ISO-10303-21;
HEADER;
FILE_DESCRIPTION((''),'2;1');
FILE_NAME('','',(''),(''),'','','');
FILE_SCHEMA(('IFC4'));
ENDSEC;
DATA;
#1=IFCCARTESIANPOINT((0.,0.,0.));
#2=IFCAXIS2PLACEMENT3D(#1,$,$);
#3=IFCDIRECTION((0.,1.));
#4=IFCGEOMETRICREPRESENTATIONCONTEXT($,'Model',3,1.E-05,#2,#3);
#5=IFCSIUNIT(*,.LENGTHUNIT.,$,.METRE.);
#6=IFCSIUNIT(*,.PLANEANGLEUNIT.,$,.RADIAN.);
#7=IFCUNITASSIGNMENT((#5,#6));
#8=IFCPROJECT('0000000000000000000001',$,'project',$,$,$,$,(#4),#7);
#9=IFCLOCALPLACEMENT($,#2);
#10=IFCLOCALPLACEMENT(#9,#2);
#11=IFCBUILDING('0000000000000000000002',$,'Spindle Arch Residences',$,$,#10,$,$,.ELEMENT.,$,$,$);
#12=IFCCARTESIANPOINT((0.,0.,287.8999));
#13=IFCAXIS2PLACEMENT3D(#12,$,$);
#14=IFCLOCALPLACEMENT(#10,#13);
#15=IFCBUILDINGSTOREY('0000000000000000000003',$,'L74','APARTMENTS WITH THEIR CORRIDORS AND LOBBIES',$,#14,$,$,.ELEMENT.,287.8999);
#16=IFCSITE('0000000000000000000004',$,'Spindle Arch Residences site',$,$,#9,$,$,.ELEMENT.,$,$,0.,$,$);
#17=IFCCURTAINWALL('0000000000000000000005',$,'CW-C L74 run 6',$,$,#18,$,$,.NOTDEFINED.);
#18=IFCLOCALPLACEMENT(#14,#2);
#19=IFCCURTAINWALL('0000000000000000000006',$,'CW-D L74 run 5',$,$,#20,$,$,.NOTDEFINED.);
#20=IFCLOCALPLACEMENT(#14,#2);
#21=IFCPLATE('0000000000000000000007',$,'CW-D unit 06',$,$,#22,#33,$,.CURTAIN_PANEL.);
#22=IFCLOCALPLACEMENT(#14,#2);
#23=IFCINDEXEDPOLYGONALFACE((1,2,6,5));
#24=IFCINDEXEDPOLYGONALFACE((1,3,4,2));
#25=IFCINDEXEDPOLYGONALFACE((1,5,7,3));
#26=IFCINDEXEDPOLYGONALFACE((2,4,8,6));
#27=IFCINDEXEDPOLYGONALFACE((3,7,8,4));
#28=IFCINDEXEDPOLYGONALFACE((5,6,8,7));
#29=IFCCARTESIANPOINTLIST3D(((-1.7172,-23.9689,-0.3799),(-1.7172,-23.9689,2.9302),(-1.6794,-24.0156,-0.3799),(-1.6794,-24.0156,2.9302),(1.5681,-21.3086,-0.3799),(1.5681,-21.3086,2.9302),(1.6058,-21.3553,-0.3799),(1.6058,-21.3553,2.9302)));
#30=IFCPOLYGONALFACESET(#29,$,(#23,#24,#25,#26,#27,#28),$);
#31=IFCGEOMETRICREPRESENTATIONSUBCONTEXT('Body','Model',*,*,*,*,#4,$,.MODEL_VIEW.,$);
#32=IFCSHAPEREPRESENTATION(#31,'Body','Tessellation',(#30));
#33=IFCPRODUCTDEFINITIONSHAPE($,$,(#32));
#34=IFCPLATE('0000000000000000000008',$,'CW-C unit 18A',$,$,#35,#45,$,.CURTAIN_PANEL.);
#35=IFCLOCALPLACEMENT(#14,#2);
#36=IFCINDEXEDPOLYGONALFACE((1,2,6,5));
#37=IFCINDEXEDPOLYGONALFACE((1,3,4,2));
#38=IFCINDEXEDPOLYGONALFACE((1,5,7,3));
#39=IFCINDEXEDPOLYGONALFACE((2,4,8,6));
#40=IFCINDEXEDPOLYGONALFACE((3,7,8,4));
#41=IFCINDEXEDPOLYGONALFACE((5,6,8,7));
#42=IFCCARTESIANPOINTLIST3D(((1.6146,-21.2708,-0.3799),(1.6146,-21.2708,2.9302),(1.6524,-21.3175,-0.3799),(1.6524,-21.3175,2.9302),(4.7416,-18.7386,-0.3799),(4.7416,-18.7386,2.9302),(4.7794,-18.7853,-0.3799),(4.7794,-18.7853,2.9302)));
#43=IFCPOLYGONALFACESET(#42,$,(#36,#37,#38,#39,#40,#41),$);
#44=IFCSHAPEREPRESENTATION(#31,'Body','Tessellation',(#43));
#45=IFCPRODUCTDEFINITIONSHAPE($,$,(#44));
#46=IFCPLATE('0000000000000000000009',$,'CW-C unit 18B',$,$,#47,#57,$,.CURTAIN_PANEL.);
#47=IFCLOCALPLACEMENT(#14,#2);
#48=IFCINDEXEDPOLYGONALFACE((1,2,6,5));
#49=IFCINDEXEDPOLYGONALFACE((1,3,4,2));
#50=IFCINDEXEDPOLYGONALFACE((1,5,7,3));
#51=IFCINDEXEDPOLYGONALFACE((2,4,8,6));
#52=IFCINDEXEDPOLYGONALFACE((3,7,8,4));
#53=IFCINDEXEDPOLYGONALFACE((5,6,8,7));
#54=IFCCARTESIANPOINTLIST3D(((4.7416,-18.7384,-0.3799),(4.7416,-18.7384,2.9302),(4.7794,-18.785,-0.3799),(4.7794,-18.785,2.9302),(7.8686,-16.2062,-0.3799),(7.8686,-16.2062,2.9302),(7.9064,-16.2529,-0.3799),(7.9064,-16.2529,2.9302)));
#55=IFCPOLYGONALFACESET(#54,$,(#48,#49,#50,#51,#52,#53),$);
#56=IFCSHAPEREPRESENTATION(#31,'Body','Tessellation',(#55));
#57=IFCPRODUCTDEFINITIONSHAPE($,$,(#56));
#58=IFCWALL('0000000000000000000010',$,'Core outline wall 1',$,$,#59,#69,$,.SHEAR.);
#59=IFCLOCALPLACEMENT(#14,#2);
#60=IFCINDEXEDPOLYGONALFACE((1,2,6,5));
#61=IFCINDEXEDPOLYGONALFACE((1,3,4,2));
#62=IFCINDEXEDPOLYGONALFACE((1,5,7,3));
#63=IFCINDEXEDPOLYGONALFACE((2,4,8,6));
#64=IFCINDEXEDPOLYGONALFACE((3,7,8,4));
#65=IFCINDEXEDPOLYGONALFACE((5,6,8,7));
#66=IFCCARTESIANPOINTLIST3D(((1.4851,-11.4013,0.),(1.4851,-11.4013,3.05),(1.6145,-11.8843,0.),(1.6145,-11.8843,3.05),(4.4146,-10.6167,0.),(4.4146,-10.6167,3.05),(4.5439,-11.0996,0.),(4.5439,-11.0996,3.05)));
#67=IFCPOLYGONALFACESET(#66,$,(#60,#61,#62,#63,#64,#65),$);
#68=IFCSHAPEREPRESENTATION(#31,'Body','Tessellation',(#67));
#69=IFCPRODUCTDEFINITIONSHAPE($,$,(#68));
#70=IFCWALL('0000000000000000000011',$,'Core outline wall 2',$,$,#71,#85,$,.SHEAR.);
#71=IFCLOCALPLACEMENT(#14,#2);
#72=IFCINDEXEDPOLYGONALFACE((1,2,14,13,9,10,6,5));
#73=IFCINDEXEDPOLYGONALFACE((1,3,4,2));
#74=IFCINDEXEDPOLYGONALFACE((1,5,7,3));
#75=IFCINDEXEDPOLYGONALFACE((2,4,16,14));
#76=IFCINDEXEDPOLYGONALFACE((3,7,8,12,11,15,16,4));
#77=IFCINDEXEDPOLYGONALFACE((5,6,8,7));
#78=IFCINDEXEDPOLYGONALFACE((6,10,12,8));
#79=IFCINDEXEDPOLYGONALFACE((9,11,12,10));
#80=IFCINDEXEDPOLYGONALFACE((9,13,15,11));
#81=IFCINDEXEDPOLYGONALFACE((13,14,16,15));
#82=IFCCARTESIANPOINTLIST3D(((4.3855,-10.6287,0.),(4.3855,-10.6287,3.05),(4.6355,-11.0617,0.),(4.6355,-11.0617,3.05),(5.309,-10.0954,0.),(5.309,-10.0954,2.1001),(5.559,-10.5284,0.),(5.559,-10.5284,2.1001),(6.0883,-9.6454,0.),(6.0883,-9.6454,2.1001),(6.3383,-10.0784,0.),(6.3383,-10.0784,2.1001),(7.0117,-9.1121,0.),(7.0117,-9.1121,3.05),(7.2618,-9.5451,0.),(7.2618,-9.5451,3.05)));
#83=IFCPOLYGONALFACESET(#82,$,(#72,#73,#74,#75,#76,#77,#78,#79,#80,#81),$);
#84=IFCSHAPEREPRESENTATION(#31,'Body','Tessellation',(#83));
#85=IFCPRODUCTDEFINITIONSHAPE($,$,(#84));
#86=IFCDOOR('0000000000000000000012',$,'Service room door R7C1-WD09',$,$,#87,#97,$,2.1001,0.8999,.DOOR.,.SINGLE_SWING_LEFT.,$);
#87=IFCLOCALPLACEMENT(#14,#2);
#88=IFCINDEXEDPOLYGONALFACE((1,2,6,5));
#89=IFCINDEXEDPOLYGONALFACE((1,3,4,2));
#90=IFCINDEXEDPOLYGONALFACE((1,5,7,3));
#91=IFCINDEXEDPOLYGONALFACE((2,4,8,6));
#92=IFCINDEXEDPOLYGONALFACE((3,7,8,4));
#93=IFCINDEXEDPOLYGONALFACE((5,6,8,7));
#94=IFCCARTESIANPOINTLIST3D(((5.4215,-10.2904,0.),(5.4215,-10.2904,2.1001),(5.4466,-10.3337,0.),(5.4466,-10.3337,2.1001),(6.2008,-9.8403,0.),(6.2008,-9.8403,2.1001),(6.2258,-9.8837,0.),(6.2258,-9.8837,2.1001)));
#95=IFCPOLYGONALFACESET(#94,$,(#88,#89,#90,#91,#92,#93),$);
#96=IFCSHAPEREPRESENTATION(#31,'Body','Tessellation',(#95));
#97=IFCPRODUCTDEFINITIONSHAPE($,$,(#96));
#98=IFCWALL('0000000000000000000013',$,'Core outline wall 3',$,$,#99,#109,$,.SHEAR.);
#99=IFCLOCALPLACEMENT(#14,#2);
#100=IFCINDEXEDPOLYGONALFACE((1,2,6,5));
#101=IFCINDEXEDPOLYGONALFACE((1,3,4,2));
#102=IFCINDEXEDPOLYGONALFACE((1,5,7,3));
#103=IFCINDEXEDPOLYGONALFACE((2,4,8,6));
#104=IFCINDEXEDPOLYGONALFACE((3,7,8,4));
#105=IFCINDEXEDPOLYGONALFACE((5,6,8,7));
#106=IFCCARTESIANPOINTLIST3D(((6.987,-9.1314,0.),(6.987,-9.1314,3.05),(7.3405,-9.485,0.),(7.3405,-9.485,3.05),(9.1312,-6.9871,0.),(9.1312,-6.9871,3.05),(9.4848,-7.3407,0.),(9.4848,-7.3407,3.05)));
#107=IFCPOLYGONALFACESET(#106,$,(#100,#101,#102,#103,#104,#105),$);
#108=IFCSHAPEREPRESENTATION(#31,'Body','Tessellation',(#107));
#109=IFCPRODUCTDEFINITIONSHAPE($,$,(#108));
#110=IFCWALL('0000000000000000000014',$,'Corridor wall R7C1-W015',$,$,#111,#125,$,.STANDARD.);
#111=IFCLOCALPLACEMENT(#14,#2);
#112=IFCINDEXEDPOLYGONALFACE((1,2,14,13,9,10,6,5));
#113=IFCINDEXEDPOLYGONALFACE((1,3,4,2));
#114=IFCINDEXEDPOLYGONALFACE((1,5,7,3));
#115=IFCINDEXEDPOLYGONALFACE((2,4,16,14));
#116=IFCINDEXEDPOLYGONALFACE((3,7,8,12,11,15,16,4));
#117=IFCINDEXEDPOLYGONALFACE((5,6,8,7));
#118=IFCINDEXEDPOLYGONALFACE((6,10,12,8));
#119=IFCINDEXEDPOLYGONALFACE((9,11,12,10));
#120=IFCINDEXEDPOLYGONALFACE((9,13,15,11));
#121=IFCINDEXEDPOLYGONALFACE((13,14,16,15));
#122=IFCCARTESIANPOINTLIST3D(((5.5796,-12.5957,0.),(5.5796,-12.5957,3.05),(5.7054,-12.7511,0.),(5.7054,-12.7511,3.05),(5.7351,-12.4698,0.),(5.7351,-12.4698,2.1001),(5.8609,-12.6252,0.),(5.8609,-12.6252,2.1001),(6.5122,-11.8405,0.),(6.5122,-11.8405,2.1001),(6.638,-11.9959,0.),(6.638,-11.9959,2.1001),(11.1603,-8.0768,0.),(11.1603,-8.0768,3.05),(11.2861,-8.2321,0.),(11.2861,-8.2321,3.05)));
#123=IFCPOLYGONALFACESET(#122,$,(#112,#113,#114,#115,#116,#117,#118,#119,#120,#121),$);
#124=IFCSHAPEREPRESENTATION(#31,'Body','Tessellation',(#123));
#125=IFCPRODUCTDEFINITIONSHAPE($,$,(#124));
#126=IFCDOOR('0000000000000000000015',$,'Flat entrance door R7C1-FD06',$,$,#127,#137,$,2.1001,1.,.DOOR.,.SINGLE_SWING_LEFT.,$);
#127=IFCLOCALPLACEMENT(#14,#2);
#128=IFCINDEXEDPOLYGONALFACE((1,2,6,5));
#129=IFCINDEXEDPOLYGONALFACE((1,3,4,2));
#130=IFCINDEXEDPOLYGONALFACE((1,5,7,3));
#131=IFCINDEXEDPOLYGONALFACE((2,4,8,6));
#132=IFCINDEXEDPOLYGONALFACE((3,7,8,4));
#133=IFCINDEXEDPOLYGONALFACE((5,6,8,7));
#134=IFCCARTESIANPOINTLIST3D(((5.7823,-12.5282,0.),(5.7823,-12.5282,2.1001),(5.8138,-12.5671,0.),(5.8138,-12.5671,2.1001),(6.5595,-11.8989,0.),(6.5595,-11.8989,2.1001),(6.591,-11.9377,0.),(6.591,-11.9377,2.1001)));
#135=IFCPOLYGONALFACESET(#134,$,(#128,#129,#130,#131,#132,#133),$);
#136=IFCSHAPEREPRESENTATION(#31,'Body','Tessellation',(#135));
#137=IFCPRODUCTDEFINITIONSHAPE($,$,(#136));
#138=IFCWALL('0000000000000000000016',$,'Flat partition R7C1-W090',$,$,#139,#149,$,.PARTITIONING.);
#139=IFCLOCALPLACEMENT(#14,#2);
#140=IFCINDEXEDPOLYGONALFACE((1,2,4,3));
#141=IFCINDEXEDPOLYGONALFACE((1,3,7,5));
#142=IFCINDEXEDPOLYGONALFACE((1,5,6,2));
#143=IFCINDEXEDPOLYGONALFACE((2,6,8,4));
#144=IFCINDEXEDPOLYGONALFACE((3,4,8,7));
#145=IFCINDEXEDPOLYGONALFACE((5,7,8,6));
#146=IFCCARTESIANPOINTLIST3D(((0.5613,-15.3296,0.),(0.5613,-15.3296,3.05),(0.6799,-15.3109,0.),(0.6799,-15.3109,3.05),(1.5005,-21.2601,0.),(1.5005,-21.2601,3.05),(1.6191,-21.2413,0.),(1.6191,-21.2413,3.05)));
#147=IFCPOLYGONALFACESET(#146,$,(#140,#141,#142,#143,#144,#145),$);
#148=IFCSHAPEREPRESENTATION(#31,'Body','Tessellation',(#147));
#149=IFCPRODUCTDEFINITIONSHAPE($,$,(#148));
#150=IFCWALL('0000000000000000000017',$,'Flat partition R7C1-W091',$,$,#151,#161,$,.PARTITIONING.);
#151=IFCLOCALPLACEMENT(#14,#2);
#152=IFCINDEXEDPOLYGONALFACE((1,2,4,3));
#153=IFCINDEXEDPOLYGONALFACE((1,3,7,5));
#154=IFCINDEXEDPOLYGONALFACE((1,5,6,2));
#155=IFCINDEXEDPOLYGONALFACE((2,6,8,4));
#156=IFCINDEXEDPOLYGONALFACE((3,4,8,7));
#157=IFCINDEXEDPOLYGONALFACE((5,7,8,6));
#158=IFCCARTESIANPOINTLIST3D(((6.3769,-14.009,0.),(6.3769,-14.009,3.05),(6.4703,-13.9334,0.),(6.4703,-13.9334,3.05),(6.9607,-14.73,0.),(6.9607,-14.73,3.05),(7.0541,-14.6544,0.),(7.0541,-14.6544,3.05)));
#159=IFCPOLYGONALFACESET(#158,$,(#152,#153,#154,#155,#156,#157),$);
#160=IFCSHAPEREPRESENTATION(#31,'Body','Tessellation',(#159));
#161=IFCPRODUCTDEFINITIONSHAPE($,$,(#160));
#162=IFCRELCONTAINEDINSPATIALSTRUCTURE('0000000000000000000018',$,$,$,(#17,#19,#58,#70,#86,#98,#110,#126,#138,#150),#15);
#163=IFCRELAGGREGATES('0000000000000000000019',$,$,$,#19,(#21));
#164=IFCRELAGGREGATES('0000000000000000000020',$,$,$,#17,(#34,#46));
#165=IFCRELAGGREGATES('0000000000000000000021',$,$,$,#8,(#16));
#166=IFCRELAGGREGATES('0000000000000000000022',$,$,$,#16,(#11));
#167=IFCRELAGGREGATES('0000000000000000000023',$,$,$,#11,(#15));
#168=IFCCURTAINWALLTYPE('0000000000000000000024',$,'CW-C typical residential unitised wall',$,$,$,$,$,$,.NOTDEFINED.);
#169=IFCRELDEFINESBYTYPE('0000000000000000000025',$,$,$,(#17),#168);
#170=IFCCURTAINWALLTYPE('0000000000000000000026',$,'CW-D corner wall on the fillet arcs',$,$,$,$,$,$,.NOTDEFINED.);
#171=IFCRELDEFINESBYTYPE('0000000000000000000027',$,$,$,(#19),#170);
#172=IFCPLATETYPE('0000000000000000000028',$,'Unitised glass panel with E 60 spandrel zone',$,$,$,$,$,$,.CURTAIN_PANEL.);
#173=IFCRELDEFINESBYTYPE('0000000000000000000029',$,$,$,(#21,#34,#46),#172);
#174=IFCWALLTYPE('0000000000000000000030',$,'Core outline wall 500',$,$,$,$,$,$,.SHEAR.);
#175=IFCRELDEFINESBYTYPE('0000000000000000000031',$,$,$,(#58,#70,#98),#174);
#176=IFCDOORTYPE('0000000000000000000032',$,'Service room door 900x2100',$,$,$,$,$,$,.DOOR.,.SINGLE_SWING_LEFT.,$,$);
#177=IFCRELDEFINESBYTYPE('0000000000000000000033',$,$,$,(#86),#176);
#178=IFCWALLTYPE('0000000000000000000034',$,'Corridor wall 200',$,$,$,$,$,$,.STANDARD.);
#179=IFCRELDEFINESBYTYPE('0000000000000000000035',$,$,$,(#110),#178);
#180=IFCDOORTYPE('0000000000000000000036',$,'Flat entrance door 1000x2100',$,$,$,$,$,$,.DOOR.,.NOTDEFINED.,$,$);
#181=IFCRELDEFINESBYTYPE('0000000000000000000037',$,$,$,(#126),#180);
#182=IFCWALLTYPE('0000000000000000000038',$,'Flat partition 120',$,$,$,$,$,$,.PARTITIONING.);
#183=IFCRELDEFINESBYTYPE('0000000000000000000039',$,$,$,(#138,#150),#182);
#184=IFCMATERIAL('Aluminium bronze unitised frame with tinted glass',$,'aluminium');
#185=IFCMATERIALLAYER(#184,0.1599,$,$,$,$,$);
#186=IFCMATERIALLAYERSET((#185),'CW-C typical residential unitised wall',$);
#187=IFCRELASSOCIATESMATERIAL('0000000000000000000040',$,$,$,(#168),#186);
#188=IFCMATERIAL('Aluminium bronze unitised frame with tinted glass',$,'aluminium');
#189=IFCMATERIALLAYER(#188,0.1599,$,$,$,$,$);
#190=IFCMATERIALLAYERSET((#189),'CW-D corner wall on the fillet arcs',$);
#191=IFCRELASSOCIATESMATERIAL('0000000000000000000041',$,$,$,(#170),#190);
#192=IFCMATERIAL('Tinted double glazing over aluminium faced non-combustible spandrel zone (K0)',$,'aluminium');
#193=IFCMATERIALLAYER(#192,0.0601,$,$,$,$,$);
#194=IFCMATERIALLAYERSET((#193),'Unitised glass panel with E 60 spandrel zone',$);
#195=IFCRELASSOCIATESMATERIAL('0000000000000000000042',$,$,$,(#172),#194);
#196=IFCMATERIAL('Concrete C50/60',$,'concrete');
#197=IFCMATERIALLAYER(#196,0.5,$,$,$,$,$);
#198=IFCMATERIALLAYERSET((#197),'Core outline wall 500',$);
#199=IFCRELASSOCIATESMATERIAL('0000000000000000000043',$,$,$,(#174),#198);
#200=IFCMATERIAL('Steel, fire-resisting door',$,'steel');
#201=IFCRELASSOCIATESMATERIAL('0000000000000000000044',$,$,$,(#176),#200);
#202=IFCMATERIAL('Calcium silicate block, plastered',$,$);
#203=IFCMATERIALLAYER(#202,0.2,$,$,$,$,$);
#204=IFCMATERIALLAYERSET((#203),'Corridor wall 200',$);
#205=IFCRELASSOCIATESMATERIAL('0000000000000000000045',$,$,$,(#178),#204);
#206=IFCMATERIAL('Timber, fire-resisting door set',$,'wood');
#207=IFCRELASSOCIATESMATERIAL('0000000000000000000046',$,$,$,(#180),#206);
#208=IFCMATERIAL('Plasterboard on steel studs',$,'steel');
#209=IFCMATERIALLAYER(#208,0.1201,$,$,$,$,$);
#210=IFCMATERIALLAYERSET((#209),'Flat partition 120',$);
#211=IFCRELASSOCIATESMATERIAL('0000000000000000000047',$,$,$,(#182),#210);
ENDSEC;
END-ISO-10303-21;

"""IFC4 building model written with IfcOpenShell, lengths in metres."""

from ifc_helpers import new_model, si_unit, direction, frame, frame_2d, origin, origin_2d, place, context, subcontext, project, spatial, rectangle, extrude, material, layer, layer_set, type_object, element, fill, aggregate, save


model = new_model("IFC4")

# Units and contexts
model_context = context("Model", 3, precision=1e-05, world=origin(), true_north=direction((0.0, 1.0)))
body_context = subcontext(model_context, "Body", "Model", "MODEL_VIEW")
ifc_project = project(units=[si_unit("LENGTHUNIT", "METRE"), si_unit("PLANEANGLEUNIT", "RADIAN")], contexts=[model_context])

# Site, building, storey
site_placement = place(None, origin())
site = spatial("IfcSite", under=ifc_project, at=site_placement, Name="Spindle Arch Residences site", CompositionType="ELEMENT", RefElevation=0.0)
building_placement = place(site_placement, origin())
building = spatial("IfcBuilding", under=site, at=building_placement, Name="Spindle Arch Residences", CompositionType="ELEMENT")
storey_placement = place(building_placement, frame((0.0, 0.0, 287.8999)))
storey = spatial("IfcBuildingStorey", under=building, at=storey_placement, Name="L74", Description="APARTMENTS WITH THEIR CORRIDORS AND LOBBIES", CompositionType="ELEMENT", Elevation=287.8999)

# Curtain wall
ifc_material_1 = material(Name="Aluminium bronze unitised frame with tinted glass", Category="aluminium")
ifc_layer_1 = layer(ifc_material_1, 0.1599)
ifc_layer_set_1 = layer_set([ifc_layer_1], Name="CW-C typical residential unitised wall")
curtain_wall_type_1 = type_object("IfcCurtainWallType", Name="CW-C typical residential unitised wall", PredefinedType="NOTDEFINED", material=ifc_layer_set_1)
curtain_wall_1_placement = place(storey_placement, origin())
curtain_wall_1 = element("IfcCurtainWall", 1, at=curtain_wall_1_placement, inside=storey, type_object=curtain_wall_type_1, Name="CW-C L74 run 6", PredefinedType="NOTDEFINED")

# Curtain wall, plate
ifc_material_2 = material(Name="Aluminium bronze unitised frame with tinted glass", Category="aluminium")
ifc_layer_2 = layer(ifc_material_2, 0.1599)
ifc_layer_set_2 = layer_set([ifc_layer_2], Name="CW-D corner wall on the fillet arcs")
curtain_wall_type_2 = type_object("IfcCurtainWallType", Name="CW-D corner wall on the fillet arcs", PredefinedType="NOTDEFINED", material=ifc_layer_set_2)
curtain_wall_2_placement = place(storey_placement, origin())
curtain_wall_2 = element("IfcCurtainWall", 2, at=curtain_wall_2_placement, inside=storey, type_object=curtain_wall_type_2, Name="CW-D L74 run 5", PredefinedType="NOTDEFINED")
ifc_material_3 = material(Name="Tinted double glazing over aluminium faced non-combustible spandrel zone (K0)", Category="aluminium")
ifc_layer_3 = layer(ifc_material_3, 0.0601)
ifc_layer_set_3 = layer_set([ifc_layer_3], Name="Unitised glass panel with E 60 spandrel zone")
plate_type = type_object("IfcPlateType", Name="Unitised glass panel with E 60 spandrel zone", PredefinedType="CURTAIN_PANEL", material=ifc_layer_set_3)
plate_1_placement = place(storey_placement, frame((-0.0557, -22.6621, -0.3799), z_axis=(0.0, 0.0, 1.0), x_axis=(0.777146, 0.62932, 0.0)))
plate_1 = element("IfcPlate", 3, at=plate_1_placement, type_object=plate_type, Name="CW-D unit 06", PredefinedType="CURTAIN_PANEL", context=body_context, shape_type="SweptSolid", body=[
    extrude(rectangle(XDim=4.2273, YDim=0.0601, at=origin_2d()), origin(), (0.0, 0.0, 1.0), 3.3101),
])
aggregate(curtain_wall_2, [plate_1])

# Plates
plate_2_placement = place(storey_placement, frame((3.197, -20.0281, -0.3799), z_axis=(0.0, 0.0, 1.0), x_axis=(0.777146, 0.62932, 0.0)))
plate_2 = element("IfcPlate", 4, at=plate_2_placement, type_object=plate_type, Name="CW-C unit 18A", PredefinedType="CURTAIN_PANEL", context=body_context, shape_type="SweptSolid", body=[
    extrude(rectangle(XDim=4.0237, YDim=0.0601, at=origin_2d()), origin(), (0.0, 0.0, 1.0), 3.3101),
])
plate_3_placement = place(storey_placement, frame((6.324, -17.4956, -0.3799), z_axis=(0.0, 0.0, 1.0), x_axis=(0.777146, 0.62932, 0.0)))
plate_3 = element("IfcPlate", 5, at=plate_3_placement, type_object=plate_type, Name="CW-C unit 18B", PredefinedType="CURTAIN_PANEL", context=body_context, shape_type="SweptSolid", body=[
    extrude(rectangle(XDim=4.0237, YDim=0.0601, at=origin_2d()), origin(), (0.0, 0.0, 1.0), 3.3101),
])
aggregate(curtain_wall_1, [plate_2, plate_3])

# Wall
ifc_material_4 = material(Name="Concrete C50/60", Category="concrete")
ifc_layer_4 = layer(ifc_material_4, 0.5)
ifc_layer_set_4 = layer_set([ifc_layer_4], Name="Core outline wall 500")
wall_type_1 = type_object("IfcWallType", Name="Core outline wall 500", PredefinedType="SHEAR", material=ifc_layer_set_4)
wall_1_placement = place(storey_placement, frame((1.5498, -11.6428, 0.0), z_axis=(0.0, 0.0, 1.0), x_axis=(0.965948, 0.258735, 0.0)))
element("IfcWall", 6, at=wall_1_placement, inside=storey, type_object=wall_type_1, Name="Core outline wall 1", PredefinedType="SHEAR", context=body_context, shape_type="SweptSolid", body=[
    extrude(rectangle(XDim=3.0327, YDim=0.5, at=frame_2d((1.5164, 0.0))), origin(), (0.0, 0.0, 1.0), 3.05),
])

# Wall, opening, door
wall_2_placement = place(storey_placement, frame((4.5105, -10.8452, 0.0), z_axis=(0.0, 0.0, 1.0), x_axis=(0.865975, 0.500087, 0.0)))
wall_2 = element("IfcWall", 7, at=wall_2_placement, inside=storey, type_object=wall_type_1, Name="Core outline wall 2", PredefinedType="SHEAR", context=body_context, shape_type="SweptSolid", body=[
    extrude(rectangle(XDim=3.0327, YDim=0.5, at=frame_2d((1.5164, 0.0))), origin(), (0.0, 0.0, 1.0), 3.05),
])
opening_1_placement = place(wall_2_placement, frame((1.0664, 0.0, 0.0)))
opening_1 = element("IfcOpeningElement", 8, at=opening_1_placement, cuts=wall_2, PredefinedType="OPENING", context=body_context, shape_type="SweptSolid", body=[
    extrude(rectangle(XDim=0.8999, YDim=2.1001, at=frame_2d((0.45, 1.05))), frame((0.0, 0.26, 0.0), z_axis=(0.0, -1.0, 0.0), x_axis=(1.0, 0.0, 0.0)), (0.0, 0.0, 1.0), 0.52),
])
ifc_material_5 = material(Name="Steel, fire-resisting door", Category="steel")
door_type_1 = type_object("IfcDoorType", Name="Service room door 900x2100", OperationType="SINGLE_SWING_LEFT", PredefinedType="DOOR", material=ifc_material_5)
door_1_placement = place(opening_1_placement, origin())
door_1 = element("IfcDoor", 9, at=door_1_placement, inside=storey, type_object=door_type_1, Name="Service room door R7C1-WD09", OperationType="SINGLE_SWING_LEFT", OverallHeight=2.1001, OverallWidth=0.8999, PredefinedType="DOOR", context=body_context, shape_type="SweptSolid", body=[
    extrude(rectangle(XDim=0.8999, YDim=2.1001, at=frame_2d((0.45, 1.05))), frame((0.0, 0.0249, 0.0), z_axis=(0.0, -1.0, 0.0), x_axis=(1.0, 0.0, 0.0)), (0.0, 0.0, 1.0), 0.05),
])
fill(opening_1, door_1)

# Wall
wall_3_placement = place(storey_placement, frame((7.1638, -9.3081, 0.0), z_axis=(0.0, 0.0, 1.0), x_axis=(0.707107, 0.707107, 0.0)))
element("IfcWall", 10, at=wall_3_placement, inside=storey, type_object=wall_type_1, Name="Core outline wall 3", PredefinedType="SHEAR", context=body_context, shape_type="SweptSolid", body=[
    extrude(rectangle(XDim=3.0325, YDim=0.5, at=frame_2d((1.5161, 0.0))), origin(), (0.0, 0.0, 1.0), 3.05),
])

# Wall, opening, door
ifc_material_6 = material(Name="Calcium silicate block, plastered")
ifc_layer_5 = layer(ifc_material_6, 0.2)
ifc_layer_set_5 = layer_set([ifc_layer_5], Name="Corridor wall 200")
wall_type_2 = type_object("IfcWallType", Name="Corridor wall 200", PredefinedType="STANDARD", material=ifc_layer_set_5)
wall_4_placement = place(storey_placement, frame((5.6426, -12.6733, 0.0), z_axis=(0.0, 0.0, 1.0), x_axis=(0.77716, 0.629303, 0.0)))
wall_4 = element("IfcWall", 11, at=wall_4_placement, inside=storey, type_object=wall_type_2, Name="Corridor wall R7C1-W015", PredefinedType="STANDARD", context=body_context, shape_type="SweptSolid", body=[
    extrude(rectangle(XDim=7.1809, YDim=0.2, at=frame_2d((3.5903, 0.0))), origin(), (0.0, 0.0, 1.0), 3.05),
])
opening_2_placement = place(wall_4_placement, frame((0.2, 0.0, 0.0)))
opening_2 = element("IfcOpeningElement", 12, at=opening_2_placement, cuts=wall_4, PredefinedType="OPENING", context=body_context, shape_type="SweptSolid", body=[
    extrude(rectangle(XDim=1.0, YDim=2.1001, at=frame_2d((0.5, 1.05))), frame((0.0, 0.1099, 0.0), z_axis=(0.0, -1.0, 0.0), x_axis=(1.0, 0.0, 0.0)), (0.0, 0.0, 1.0), 0.22),
])
ifc_material_7 = material(Name="Timber, fire-resisting door set", Category="wood")
door_type_2 = type_object("IfcDoorType", Name="Flat entrance door 1000x2100", OperationType="NOTDEFINED", PredefinedType="DOOR", material=ifc_material_7)
door_2_placement = place(opening_2_placement, origin())
door_2 = element("IfcDoor", 13, at=door_2_placement, inside=storey, type_object=door_type_2, Name="Flat entrance door R7C1-FD06", OperationType="SINGLE_SWING_LEFT", OverallHeight=2.1001, OverallWidth=1.0, PredefinedType="DOOR", context=body_context, shape_type="SweptSolid", body=[
    extrude(rectangle(XDim=1.0, YDim=2.1001, at=frame_2d((0.5, 1.05))), frame((0.0, 0.0249, 0.0), z_axis=(0.0, -1.0, 0.0), x_axis=(1.0, 0.0, 0.0)), (0.0, 0.0, 1.0), 0.05),
])
fill(opening_2, door_2)

# Walls
ifc_material_8 = material(Name="Plasterboard on steel studs", Category="steel")
ifc_layer_6 = layer(ifc_material_8, 0.1201)
ifc_layer_set_6 = layer_set([ifc_layer_6], Name="Flat partition 120")
wall_type_3 = type_object("IfcWallType", Name="Flat partition 120", PredefinedType="PARTITIONING", material=ifc_layer_set_6)
wall_5_placement = place(storey_placement, frame((1.5598, -21.2507, 0.0), z_axis=(0.0, 0.0, 1.0), x_axis=(-0.156422, 0.98769, 0.0)))
element("IfcWall", 14, at=wall_5_placement, inside=storey, type_object=wall_type_3, Name="Flat partition R7C1-W090", PredefinedType="PARTITIONING", context=body_context, shape_type="SweptSolid", body=[
    extrude(rectangle(XDim=6.0044, YDim=0.1201, at=frame_2d((3.0022, 0.0))), origin(), (0.0, 0.0, 1.0), 3.05),
])
wall_6_placement = place(storey_placement, frame((6.4236, -13.9712, 0.0), z_axis=(0.0, 0.0, 1.0), x_axis=(0.629274, -0.777184, 0.0)))
element("IfcWall", 15, at=wall_6_placement, inside=storey, type_object=wall_type_3, Name="Flat partition R7C1-W091", PredefinedType="PARTITIONING", context=body_context, shape_type="SweptSolid", body=[
    extrude(rectangle(XDim=0.9277, YDim=0.1201, at=frame_2d((0.4639, 0.0))), origin(), (0.0, 0.0, 1.0), 3.05),
])

save(model, "model.ifc")
